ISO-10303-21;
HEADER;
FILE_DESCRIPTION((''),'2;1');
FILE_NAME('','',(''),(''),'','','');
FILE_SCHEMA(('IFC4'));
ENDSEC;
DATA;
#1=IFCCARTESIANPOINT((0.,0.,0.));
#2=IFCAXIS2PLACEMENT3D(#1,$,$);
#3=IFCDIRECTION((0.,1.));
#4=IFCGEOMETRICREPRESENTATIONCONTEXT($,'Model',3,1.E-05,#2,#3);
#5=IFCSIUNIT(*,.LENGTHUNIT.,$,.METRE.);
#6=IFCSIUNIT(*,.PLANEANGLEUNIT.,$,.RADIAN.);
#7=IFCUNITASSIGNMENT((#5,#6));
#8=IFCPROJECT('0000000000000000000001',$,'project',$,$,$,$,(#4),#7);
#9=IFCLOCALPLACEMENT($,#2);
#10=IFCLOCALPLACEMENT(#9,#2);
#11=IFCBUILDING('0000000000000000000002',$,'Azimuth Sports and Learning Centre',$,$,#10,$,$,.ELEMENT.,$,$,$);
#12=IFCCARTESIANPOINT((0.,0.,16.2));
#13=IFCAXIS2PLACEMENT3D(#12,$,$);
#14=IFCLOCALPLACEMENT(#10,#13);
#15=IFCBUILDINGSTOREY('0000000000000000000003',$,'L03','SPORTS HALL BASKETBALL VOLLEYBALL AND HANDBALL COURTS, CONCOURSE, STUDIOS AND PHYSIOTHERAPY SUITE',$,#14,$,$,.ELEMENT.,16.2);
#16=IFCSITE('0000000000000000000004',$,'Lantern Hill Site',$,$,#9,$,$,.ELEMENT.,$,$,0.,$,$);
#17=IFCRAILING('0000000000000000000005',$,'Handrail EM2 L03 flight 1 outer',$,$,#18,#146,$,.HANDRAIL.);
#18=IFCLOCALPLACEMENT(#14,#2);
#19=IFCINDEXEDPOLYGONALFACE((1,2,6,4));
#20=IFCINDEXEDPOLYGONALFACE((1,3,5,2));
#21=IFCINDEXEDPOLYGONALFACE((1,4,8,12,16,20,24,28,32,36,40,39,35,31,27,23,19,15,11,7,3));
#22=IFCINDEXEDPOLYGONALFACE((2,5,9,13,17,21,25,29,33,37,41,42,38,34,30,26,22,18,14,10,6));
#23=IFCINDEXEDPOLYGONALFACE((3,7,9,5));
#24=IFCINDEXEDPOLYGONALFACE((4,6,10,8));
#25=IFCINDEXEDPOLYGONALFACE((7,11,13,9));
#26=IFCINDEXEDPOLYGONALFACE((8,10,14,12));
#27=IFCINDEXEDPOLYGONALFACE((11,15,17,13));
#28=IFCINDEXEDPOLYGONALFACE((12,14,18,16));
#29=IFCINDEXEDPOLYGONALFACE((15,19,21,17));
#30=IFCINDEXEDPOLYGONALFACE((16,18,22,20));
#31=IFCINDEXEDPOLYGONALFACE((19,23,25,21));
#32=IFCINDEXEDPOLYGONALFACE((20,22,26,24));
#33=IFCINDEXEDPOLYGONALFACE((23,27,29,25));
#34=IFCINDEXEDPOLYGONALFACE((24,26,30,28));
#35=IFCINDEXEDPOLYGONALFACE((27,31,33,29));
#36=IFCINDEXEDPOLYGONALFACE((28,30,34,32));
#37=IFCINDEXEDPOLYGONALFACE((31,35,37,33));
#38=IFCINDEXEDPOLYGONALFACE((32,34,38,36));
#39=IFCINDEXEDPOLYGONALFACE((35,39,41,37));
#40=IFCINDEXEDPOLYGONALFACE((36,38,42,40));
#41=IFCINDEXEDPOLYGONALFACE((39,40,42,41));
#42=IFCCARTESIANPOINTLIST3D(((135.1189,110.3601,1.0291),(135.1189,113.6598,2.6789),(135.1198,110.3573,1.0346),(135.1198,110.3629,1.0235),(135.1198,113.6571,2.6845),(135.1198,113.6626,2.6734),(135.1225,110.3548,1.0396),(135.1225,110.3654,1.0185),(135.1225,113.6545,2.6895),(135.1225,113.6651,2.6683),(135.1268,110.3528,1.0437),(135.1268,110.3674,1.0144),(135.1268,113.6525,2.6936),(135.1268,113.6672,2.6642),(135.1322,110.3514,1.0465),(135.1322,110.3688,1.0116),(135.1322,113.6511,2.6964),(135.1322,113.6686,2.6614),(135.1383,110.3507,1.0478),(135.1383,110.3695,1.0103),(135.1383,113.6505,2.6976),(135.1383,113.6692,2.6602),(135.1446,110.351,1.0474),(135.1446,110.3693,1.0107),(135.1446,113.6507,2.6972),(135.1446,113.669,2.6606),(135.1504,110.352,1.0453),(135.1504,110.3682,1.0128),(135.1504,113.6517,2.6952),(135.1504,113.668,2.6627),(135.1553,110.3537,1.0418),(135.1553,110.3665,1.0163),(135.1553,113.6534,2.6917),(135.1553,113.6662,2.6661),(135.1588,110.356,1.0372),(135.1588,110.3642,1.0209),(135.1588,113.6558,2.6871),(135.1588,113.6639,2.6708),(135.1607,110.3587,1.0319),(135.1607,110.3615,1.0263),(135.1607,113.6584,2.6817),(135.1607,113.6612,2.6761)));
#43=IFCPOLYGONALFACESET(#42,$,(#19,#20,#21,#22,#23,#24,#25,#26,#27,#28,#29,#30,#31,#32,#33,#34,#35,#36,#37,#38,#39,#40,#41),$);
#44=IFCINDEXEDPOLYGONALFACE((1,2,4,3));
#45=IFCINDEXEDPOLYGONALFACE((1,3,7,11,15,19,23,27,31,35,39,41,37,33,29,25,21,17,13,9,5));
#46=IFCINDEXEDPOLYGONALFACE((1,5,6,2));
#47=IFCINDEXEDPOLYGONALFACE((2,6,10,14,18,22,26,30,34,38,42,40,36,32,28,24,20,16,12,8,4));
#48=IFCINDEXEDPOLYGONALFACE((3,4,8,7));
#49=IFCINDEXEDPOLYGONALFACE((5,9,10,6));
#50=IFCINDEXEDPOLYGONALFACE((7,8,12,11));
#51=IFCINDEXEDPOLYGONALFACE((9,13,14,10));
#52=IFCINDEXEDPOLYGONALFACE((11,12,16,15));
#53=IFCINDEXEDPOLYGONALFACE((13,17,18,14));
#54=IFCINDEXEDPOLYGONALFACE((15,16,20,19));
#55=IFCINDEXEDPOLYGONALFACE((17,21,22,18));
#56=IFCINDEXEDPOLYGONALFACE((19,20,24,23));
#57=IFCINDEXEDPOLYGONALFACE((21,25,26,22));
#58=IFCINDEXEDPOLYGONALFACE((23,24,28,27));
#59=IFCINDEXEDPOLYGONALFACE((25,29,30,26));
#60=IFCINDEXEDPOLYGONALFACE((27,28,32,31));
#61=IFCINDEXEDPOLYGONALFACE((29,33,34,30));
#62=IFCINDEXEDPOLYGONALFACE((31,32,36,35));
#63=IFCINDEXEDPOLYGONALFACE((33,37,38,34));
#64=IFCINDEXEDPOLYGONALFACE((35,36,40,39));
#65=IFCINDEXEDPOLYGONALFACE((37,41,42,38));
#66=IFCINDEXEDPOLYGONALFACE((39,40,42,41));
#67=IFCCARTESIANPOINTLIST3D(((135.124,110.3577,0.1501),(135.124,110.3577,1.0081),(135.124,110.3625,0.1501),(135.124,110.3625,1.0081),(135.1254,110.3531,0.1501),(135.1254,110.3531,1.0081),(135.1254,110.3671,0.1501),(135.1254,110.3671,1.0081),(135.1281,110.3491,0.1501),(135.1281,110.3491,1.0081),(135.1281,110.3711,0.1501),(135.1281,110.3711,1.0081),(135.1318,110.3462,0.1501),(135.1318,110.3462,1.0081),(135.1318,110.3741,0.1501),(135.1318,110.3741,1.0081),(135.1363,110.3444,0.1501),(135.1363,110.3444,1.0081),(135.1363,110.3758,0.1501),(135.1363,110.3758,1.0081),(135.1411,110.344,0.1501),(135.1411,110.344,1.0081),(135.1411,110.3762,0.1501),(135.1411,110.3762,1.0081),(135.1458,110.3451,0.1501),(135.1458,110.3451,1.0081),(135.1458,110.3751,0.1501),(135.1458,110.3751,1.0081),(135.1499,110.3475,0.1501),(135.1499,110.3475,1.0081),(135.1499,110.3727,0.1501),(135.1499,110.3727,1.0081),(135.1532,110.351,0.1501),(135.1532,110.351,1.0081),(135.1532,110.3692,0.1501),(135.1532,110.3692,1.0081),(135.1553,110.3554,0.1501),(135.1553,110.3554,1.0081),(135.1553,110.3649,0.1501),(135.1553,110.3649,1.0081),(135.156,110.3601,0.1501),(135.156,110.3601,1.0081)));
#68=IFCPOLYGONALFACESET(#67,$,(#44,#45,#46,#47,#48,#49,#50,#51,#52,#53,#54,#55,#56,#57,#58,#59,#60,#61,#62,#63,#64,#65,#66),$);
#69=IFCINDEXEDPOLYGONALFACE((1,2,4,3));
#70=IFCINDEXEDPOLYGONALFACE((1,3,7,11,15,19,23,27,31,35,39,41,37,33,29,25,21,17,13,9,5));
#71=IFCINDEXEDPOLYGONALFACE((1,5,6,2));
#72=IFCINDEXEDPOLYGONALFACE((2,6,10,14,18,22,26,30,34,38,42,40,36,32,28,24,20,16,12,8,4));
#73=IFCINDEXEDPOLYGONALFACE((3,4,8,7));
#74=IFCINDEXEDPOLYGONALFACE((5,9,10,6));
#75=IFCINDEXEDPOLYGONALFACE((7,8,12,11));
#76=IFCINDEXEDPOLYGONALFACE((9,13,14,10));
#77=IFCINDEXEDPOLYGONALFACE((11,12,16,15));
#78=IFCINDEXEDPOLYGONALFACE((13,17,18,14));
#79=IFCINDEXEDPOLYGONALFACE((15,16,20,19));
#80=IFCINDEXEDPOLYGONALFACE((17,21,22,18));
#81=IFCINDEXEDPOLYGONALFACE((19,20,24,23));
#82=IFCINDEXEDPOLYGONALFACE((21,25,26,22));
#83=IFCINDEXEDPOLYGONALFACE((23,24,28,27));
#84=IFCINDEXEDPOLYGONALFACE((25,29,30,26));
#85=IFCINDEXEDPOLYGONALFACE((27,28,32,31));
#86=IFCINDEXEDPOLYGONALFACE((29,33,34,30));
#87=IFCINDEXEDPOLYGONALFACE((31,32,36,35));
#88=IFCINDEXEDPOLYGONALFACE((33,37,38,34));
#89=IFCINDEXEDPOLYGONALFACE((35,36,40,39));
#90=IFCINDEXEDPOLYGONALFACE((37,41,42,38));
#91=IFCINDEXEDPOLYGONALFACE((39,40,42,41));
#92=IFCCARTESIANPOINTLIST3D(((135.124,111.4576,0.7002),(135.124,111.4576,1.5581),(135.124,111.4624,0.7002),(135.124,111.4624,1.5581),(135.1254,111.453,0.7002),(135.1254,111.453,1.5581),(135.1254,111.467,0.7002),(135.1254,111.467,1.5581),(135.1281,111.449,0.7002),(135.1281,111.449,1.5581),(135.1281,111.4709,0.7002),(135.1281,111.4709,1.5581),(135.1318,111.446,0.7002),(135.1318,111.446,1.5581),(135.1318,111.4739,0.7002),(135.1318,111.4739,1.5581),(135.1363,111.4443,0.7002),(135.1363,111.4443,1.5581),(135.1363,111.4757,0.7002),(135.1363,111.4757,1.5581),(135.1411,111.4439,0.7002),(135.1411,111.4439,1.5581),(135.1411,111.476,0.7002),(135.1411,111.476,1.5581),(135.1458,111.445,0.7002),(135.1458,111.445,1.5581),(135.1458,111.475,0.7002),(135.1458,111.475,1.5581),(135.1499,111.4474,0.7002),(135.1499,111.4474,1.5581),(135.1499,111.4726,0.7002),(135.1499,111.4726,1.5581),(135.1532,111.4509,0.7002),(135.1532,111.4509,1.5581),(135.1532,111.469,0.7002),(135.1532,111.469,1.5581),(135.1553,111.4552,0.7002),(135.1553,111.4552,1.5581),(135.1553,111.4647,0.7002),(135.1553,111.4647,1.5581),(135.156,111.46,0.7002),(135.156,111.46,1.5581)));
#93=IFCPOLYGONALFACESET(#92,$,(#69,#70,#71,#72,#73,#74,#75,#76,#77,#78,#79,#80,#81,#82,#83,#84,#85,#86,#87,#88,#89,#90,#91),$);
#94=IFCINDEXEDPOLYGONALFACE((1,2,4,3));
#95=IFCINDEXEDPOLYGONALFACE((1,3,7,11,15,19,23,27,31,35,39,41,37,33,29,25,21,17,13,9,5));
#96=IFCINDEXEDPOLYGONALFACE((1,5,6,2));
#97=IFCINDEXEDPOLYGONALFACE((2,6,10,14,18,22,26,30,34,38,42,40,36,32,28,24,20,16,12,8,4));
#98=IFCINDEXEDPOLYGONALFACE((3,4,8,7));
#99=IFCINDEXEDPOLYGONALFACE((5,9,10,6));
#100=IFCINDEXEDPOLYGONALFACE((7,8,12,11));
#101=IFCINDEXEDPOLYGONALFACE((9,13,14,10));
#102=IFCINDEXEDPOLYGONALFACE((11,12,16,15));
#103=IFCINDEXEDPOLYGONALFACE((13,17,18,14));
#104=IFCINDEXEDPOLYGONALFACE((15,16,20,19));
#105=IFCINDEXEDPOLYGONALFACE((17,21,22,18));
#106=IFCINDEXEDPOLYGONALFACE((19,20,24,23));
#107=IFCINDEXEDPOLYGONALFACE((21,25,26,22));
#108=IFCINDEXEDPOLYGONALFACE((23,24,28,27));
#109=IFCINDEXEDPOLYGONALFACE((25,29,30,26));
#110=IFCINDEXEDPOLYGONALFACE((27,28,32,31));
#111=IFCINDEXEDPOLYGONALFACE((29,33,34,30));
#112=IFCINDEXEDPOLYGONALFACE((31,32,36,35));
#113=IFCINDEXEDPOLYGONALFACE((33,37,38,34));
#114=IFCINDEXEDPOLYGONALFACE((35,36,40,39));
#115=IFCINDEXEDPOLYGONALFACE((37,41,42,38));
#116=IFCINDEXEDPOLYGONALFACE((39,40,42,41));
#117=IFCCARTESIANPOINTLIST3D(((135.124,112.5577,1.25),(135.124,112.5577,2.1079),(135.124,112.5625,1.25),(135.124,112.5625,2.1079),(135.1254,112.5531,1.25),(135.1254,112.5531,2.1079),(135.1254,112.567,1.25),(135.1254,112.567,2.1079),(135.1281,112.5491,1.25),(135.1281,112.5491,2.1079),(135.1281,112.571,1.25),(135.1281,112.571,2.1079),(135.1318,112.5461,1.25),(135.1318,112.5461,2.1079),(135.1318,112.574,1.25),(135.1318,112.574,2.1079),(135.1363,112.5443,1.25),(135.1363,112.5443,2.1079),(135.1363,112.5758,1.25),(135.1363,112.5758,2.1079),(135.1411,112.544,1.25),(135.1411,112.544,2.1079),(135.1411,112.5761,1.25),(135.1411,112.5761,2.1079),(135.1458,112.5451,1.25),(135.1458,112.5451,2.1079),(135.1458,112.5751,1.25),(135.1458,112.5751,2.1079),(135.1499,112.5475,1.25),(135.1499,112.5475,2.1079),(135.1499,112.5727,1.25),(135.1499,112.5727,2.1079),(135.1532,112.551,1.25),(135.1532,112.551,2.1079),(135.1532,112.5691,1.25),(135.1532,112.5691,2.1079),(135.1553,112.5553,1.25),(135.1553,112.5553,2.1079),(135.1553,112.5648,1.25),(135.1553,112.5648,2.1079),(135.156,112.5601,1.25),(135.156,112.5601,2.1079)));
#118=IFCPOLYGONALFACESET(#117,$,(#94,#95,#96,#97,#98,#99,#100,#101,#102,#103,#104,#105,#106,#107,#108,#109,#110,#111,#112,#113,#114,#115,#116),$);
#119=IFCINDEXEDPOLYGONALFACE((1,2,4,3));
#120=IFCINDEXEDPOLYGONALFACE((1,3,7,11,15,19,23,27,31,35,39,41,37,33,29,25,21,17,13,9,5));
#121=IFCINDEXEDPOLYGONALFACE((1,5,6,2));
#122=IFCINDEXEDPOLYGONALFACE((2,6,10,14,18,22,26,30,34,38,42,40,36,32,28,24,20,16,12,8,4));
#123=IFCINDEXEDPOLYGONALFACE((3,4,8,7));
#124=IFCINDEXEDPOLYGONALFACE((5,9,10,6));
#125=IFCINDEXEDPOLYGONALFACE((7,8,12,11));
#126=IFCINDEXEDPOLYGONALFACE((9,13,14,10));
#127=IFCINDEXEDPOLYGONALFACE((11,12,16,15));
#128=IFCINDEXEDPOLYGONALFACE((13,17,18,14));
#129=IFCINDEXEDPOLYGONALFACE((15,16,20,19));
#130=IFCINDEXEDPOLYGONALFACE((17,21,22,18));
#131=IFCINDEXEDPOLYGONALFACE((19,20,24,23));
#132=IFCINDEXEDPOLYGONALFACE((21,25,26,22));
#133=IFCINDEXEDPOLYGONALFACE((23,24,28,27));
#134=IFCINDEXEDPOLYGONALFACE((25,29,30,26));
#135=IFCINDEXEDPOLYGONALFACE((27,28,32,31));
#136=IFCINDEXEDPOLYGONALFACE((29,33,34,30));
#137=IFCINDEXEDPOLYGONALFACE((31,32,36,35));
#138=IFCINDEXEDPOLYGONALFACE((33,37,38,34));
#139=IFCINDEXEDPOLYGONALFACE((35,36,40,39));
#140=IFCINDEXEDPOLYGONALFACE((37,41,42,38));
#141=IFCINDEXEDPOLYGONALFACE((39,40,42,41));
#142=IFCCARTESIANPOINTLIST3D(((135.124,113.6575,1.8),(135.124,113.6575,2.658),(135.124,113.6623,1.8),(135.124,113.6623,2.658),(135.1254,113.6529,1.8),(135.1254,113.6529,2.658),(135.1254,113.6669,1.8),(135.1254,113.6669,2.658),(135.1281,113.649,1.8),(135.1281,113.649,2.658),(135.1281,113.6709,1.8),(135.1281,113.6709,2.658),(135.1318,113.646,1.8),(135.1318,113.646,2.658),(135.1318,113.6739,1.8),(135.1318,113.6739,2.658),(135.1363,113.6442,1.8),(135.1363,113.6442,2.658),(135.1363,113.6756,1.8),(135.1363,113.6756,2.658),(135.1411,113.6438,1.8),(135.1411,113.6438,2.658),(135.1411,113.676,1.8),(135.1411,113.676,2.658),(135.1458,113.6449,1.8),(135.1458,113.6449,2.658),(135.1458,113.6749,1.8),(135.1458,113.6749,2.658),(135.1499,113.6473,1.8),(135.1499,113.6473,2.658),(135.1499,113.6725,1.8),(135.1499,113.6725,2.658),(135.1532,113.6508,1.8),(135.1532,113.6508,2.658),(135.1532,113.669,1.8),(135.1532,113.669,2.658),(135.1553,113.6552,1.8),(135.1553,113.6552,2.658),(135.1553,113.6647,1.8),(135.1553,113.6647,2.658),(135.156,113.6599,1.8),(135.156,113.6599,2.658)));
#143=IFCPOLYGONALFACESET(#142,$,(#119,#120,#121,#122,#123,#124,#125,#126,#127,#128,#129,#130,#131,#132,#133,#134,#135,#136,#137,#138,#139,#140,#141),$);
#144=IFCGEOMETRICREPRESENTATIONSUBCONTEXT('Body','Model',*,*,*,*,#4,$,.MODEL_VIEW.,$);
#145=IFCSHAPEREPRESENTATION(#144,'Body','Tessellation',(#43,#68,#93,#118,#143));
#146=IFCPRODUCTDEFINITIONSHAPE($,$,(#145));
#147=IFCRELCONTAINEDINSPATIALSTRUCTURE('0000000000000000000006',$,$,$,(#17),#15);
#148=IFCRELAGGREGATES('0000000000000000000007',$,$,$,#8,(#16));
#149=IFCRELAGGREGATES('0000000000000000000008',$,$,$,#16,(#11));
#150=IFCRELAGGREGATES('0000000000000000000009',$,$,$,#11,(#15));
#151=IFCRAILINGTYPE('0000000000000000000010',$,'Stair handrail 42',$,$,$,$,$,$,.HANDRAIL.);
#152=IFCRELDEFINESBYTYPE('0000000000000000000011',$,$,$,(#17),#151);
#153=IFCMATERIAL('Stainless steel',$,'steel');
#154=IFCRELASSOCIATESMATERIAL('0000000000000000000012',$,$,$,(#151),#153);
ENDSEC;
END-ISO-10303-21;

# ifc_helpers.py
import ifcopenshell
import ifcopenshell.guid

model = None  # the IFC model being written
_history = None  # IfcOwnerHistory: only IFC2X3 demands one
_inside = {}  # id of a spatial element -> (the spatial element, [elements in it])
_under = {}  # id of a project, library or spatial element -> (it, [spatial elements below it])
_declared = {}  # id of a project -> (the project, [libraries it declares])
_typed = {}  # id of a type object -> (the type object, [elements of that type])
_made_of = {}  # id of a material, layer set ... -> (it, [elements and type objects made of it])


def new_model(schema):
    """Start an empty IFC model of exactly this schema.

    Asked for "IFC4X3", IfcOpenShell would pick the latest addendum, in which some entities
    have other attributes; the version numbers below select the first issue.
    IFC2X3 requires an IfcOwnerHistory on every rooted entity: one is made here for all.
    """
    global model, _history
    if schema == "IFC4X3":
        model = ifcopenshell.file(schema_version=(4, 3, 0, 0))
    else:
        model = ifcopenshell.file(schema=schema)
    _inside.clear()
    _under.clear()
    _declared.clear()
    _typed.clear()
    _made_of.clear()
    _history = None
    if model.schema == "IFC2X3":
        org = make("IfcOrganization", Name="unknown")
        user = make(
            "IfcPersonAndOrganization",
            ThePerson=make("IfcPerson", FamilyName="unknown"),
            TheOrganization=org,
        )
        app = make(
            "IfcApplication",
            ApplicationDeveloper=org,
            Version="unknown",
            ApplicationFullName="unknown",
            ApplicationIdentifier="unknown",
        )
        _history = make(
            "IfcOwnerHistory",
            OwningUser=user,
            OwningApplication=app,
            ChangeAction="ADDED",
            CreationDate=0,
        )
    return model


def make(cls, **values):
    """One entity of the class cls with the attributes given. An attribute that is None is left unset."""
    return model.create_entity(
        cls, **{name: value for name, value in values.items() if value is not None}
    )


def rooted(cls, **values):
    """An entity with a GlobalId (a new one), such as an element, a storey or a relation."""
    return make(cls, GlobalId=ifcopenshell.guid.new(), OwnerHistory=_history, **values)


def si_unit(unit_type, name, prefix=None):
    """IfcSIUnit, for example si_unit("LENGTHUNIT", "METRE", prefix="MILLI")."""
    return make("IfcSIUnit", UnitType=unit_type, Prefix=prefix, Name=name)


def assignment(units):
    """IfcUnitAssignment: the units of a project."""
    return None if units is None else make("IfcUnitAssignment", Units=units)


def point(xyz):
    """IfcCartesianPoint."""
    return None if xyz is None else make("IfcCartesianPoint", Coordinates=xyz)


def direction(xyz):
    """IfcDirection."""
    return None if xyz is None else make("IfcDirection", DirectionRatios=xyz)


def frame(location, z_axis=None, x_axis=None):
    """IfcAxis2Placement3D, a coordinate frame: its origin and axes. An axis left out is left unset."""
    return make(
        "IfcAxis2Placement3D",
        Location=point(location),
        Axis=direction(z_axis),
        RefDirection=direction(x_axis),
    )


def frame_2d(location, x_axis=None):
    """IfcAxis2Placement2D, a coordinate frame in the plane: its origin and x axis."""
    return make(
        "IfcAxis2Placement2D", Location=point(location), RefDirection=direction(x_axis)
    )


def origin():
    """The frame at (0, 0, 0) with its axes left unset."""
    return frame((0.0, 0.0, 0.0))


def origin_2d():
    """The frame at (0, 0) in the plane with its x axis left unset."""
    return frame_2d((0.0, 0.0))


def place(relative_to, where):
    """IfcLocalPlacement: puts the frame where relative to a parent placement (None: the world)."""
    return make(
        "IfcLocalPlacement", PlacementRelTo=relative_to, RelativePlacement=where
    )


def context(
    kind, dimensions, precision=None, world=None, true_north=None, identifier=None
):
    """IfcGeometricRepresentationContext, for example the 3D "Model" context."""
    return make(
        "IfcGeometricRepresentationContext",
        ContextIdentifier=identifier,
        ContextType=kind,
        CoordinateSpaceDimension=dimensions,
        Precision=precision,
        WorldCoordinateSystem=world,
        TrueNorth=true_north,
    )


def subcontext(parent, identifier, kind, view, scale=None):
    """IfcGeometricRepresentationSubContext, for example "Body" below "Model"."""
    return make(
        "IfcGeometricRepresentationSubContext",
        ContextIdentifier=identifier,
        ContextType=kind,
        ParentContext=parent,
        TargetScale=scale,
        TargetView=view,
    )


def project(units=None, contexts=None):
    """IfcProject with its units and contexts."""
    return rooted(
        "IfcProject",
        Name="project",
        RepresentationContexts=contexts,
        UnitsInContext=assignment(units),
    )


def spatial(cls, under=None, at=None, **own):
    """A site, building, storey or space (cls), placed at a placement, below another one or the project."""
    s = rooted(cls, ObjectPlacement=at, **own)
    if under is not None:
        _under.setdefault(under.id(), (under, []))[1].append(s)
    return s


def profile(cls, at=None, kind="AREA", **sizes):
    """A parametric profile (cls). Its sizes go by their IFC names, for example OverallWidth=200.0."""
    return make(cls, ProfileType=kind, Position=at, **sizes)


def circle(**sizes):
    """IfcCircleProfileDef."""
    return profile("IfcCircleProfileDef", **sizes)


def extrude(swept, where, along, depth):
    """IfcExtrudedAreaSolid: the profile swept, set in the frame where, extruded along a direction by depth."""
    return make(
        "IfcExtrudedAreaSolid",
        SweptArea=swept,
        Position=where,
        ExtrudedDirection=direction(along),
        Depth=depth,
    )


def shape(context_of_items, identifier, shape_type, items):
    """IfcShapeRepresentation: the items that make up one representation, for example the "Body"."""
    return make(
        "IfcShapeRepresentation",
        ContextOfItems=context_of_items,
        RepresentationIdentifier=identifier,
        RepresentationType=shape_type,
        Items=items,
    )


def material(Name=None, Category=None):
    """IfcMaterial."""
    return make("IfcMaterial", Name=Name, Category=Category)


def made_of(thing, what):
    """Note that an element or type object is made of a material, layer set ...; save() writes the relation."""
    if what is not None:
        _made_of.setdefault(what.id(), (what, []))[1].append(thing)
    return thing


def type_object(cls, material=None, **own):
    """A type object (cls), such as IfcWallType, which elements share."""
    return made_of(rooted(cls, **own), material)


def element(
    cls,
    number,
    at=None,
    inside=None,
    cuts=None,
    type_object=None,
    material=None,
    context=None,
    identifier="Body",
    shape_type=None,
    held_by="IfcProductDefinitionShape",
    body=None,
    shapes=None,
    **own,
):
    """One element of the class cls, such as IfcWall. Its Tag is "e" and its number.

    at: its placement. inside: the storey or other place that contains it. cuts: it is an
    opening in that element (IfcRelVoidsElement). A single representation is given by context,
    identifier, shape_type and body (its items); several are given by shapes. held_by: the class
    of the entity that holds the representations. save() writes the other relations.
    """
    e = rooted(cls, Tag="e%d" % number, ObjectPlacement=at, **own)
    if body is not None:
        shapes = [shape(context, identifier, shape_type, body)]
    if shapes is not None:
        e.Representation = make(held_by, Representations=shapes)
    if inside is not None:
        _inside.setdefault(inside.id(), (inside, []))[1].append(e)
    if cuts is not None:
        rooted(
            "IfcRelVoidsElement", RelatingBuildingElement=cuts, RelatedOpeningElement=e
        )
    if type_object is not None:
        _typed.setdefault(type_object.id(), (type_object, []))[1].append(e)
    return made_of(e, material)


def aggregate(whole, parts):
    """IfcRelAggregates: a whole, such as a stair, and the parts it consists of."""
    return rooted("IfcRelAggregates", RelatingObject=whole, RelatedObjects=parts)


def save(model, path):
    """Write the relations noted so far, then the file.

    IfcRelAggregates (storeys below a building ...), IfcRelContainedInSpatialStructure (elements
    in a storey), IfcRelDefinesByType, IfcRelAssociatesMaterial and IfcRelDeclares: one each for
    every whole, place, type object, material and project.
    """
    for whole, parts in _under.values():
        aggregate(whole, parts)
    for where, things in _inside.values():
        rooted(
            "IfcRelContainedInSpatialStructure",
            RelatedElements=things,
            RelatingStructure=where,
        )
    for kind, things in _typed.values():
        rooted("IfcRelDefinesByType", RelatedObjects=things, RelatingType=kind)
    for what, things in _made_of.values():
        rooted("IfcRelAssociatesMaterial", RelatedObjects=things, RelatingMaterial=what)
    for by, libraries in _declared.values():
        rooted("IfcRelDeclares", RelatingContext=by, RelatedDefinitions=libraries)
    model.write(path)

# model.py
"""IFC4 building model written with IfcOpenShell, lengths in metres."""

from ifc_helpers import new_model, si_unit, direction, frame, origin, origin_2d, place, context, subcontext, project, spatial, circle, extrude, material, type_object, element, save


model = new_model("IFC4")

# Units and contexts
model_context = context("Model", 3, precision=1e-05, world=origin(), true_north=direction((0.0, 1.0)))
body_context = subcontext(model_context, "Body", "Model", "MODEL_VIEW")
ifc_project = project(units=[si_unit("LENGTHUNIT", "METRE"), si_unit("PLANEANGLEUNIT", "RADIAN")], contexts=[model_context])

# Site, building, storey
site_placement = place(None, origin())
site = spatial("IfcSite", under=ifc_project, at=site_placement, Name="Lantern Hill Site", CompositionType="ELEMENT", RefElevation=0.0)
building_placement = place(site_placement, origin())
building = spatial("IfcBuilding", under=site, at=building_placement, Name="Azimuth Sports and Learning Centre", CompositionType="ELEMENT")
storey_placement = place(building_placement, frame((0.0, 0.0, 16.2)))
storey = spatial("IfcBuildingStorey", under=building, at=storey_placement, Name="L03", Description="SPORTS HALL BASKETBALL VOLLEYBALL AND HANDBALL COURTS, CONCOURSE, STUDIOS AND PHYSIOTHERAPY SUITE", CompositionType="ELEMENT", Elevation=16.2)

# Railing
ifc_material_1 = material(Name="Stainless steel", Category="steel")
railing_type = type_object("IfcRailingType", Name="Stair handrail 42", PredefinedType="HANDRAIL", material=ifc_material_1)
railing_1_placement = place(storey_placement, frame((135.1399, 110.3601, 0.1501)))
element("IfcRailing", 1, at=railing_1_placement, inside=storey, type_object=railing_type, Name="Handrail EM2 L03 flight 1 outer", PredefinedType="HANDRAIL", context=body_context, shape_type="SweptSolid", body=[
    extrude(circle(Radius=0.021, at=origin_2d()), frame((0.0, 0.0, 0.8789), z_axis=(0.0, 0.894427, 0.447214), x_axis=(-1.0, 0.0, 0.0)), (0.0, 0.0, 1.0), 3.6892),
    extrude(circle(Radius=0.0161, at=origin_2d()), origin(), (0.0, 0.0, 1.0), 0.8579),
    extrude(circle(Radius=0.0161, at=origin_2d()), frame((0.0, 1.0999, 0.55)), (0.0, 0.0, 1.0), 0.8579),
    extrude(circle(Radius=0.0161, at=origin_2d()), frame((0.0, 2.2, 1.0999)), (0.0, 0.0, 1.0), 0.8579),
    extrude(circle(Radius=0.0161, at=origin_2d()), frame((0.0, 3.2998, 1.6499)), (0.0, 0.0, 1.0), 0.8579),
])

save(model, "model.ifc")
